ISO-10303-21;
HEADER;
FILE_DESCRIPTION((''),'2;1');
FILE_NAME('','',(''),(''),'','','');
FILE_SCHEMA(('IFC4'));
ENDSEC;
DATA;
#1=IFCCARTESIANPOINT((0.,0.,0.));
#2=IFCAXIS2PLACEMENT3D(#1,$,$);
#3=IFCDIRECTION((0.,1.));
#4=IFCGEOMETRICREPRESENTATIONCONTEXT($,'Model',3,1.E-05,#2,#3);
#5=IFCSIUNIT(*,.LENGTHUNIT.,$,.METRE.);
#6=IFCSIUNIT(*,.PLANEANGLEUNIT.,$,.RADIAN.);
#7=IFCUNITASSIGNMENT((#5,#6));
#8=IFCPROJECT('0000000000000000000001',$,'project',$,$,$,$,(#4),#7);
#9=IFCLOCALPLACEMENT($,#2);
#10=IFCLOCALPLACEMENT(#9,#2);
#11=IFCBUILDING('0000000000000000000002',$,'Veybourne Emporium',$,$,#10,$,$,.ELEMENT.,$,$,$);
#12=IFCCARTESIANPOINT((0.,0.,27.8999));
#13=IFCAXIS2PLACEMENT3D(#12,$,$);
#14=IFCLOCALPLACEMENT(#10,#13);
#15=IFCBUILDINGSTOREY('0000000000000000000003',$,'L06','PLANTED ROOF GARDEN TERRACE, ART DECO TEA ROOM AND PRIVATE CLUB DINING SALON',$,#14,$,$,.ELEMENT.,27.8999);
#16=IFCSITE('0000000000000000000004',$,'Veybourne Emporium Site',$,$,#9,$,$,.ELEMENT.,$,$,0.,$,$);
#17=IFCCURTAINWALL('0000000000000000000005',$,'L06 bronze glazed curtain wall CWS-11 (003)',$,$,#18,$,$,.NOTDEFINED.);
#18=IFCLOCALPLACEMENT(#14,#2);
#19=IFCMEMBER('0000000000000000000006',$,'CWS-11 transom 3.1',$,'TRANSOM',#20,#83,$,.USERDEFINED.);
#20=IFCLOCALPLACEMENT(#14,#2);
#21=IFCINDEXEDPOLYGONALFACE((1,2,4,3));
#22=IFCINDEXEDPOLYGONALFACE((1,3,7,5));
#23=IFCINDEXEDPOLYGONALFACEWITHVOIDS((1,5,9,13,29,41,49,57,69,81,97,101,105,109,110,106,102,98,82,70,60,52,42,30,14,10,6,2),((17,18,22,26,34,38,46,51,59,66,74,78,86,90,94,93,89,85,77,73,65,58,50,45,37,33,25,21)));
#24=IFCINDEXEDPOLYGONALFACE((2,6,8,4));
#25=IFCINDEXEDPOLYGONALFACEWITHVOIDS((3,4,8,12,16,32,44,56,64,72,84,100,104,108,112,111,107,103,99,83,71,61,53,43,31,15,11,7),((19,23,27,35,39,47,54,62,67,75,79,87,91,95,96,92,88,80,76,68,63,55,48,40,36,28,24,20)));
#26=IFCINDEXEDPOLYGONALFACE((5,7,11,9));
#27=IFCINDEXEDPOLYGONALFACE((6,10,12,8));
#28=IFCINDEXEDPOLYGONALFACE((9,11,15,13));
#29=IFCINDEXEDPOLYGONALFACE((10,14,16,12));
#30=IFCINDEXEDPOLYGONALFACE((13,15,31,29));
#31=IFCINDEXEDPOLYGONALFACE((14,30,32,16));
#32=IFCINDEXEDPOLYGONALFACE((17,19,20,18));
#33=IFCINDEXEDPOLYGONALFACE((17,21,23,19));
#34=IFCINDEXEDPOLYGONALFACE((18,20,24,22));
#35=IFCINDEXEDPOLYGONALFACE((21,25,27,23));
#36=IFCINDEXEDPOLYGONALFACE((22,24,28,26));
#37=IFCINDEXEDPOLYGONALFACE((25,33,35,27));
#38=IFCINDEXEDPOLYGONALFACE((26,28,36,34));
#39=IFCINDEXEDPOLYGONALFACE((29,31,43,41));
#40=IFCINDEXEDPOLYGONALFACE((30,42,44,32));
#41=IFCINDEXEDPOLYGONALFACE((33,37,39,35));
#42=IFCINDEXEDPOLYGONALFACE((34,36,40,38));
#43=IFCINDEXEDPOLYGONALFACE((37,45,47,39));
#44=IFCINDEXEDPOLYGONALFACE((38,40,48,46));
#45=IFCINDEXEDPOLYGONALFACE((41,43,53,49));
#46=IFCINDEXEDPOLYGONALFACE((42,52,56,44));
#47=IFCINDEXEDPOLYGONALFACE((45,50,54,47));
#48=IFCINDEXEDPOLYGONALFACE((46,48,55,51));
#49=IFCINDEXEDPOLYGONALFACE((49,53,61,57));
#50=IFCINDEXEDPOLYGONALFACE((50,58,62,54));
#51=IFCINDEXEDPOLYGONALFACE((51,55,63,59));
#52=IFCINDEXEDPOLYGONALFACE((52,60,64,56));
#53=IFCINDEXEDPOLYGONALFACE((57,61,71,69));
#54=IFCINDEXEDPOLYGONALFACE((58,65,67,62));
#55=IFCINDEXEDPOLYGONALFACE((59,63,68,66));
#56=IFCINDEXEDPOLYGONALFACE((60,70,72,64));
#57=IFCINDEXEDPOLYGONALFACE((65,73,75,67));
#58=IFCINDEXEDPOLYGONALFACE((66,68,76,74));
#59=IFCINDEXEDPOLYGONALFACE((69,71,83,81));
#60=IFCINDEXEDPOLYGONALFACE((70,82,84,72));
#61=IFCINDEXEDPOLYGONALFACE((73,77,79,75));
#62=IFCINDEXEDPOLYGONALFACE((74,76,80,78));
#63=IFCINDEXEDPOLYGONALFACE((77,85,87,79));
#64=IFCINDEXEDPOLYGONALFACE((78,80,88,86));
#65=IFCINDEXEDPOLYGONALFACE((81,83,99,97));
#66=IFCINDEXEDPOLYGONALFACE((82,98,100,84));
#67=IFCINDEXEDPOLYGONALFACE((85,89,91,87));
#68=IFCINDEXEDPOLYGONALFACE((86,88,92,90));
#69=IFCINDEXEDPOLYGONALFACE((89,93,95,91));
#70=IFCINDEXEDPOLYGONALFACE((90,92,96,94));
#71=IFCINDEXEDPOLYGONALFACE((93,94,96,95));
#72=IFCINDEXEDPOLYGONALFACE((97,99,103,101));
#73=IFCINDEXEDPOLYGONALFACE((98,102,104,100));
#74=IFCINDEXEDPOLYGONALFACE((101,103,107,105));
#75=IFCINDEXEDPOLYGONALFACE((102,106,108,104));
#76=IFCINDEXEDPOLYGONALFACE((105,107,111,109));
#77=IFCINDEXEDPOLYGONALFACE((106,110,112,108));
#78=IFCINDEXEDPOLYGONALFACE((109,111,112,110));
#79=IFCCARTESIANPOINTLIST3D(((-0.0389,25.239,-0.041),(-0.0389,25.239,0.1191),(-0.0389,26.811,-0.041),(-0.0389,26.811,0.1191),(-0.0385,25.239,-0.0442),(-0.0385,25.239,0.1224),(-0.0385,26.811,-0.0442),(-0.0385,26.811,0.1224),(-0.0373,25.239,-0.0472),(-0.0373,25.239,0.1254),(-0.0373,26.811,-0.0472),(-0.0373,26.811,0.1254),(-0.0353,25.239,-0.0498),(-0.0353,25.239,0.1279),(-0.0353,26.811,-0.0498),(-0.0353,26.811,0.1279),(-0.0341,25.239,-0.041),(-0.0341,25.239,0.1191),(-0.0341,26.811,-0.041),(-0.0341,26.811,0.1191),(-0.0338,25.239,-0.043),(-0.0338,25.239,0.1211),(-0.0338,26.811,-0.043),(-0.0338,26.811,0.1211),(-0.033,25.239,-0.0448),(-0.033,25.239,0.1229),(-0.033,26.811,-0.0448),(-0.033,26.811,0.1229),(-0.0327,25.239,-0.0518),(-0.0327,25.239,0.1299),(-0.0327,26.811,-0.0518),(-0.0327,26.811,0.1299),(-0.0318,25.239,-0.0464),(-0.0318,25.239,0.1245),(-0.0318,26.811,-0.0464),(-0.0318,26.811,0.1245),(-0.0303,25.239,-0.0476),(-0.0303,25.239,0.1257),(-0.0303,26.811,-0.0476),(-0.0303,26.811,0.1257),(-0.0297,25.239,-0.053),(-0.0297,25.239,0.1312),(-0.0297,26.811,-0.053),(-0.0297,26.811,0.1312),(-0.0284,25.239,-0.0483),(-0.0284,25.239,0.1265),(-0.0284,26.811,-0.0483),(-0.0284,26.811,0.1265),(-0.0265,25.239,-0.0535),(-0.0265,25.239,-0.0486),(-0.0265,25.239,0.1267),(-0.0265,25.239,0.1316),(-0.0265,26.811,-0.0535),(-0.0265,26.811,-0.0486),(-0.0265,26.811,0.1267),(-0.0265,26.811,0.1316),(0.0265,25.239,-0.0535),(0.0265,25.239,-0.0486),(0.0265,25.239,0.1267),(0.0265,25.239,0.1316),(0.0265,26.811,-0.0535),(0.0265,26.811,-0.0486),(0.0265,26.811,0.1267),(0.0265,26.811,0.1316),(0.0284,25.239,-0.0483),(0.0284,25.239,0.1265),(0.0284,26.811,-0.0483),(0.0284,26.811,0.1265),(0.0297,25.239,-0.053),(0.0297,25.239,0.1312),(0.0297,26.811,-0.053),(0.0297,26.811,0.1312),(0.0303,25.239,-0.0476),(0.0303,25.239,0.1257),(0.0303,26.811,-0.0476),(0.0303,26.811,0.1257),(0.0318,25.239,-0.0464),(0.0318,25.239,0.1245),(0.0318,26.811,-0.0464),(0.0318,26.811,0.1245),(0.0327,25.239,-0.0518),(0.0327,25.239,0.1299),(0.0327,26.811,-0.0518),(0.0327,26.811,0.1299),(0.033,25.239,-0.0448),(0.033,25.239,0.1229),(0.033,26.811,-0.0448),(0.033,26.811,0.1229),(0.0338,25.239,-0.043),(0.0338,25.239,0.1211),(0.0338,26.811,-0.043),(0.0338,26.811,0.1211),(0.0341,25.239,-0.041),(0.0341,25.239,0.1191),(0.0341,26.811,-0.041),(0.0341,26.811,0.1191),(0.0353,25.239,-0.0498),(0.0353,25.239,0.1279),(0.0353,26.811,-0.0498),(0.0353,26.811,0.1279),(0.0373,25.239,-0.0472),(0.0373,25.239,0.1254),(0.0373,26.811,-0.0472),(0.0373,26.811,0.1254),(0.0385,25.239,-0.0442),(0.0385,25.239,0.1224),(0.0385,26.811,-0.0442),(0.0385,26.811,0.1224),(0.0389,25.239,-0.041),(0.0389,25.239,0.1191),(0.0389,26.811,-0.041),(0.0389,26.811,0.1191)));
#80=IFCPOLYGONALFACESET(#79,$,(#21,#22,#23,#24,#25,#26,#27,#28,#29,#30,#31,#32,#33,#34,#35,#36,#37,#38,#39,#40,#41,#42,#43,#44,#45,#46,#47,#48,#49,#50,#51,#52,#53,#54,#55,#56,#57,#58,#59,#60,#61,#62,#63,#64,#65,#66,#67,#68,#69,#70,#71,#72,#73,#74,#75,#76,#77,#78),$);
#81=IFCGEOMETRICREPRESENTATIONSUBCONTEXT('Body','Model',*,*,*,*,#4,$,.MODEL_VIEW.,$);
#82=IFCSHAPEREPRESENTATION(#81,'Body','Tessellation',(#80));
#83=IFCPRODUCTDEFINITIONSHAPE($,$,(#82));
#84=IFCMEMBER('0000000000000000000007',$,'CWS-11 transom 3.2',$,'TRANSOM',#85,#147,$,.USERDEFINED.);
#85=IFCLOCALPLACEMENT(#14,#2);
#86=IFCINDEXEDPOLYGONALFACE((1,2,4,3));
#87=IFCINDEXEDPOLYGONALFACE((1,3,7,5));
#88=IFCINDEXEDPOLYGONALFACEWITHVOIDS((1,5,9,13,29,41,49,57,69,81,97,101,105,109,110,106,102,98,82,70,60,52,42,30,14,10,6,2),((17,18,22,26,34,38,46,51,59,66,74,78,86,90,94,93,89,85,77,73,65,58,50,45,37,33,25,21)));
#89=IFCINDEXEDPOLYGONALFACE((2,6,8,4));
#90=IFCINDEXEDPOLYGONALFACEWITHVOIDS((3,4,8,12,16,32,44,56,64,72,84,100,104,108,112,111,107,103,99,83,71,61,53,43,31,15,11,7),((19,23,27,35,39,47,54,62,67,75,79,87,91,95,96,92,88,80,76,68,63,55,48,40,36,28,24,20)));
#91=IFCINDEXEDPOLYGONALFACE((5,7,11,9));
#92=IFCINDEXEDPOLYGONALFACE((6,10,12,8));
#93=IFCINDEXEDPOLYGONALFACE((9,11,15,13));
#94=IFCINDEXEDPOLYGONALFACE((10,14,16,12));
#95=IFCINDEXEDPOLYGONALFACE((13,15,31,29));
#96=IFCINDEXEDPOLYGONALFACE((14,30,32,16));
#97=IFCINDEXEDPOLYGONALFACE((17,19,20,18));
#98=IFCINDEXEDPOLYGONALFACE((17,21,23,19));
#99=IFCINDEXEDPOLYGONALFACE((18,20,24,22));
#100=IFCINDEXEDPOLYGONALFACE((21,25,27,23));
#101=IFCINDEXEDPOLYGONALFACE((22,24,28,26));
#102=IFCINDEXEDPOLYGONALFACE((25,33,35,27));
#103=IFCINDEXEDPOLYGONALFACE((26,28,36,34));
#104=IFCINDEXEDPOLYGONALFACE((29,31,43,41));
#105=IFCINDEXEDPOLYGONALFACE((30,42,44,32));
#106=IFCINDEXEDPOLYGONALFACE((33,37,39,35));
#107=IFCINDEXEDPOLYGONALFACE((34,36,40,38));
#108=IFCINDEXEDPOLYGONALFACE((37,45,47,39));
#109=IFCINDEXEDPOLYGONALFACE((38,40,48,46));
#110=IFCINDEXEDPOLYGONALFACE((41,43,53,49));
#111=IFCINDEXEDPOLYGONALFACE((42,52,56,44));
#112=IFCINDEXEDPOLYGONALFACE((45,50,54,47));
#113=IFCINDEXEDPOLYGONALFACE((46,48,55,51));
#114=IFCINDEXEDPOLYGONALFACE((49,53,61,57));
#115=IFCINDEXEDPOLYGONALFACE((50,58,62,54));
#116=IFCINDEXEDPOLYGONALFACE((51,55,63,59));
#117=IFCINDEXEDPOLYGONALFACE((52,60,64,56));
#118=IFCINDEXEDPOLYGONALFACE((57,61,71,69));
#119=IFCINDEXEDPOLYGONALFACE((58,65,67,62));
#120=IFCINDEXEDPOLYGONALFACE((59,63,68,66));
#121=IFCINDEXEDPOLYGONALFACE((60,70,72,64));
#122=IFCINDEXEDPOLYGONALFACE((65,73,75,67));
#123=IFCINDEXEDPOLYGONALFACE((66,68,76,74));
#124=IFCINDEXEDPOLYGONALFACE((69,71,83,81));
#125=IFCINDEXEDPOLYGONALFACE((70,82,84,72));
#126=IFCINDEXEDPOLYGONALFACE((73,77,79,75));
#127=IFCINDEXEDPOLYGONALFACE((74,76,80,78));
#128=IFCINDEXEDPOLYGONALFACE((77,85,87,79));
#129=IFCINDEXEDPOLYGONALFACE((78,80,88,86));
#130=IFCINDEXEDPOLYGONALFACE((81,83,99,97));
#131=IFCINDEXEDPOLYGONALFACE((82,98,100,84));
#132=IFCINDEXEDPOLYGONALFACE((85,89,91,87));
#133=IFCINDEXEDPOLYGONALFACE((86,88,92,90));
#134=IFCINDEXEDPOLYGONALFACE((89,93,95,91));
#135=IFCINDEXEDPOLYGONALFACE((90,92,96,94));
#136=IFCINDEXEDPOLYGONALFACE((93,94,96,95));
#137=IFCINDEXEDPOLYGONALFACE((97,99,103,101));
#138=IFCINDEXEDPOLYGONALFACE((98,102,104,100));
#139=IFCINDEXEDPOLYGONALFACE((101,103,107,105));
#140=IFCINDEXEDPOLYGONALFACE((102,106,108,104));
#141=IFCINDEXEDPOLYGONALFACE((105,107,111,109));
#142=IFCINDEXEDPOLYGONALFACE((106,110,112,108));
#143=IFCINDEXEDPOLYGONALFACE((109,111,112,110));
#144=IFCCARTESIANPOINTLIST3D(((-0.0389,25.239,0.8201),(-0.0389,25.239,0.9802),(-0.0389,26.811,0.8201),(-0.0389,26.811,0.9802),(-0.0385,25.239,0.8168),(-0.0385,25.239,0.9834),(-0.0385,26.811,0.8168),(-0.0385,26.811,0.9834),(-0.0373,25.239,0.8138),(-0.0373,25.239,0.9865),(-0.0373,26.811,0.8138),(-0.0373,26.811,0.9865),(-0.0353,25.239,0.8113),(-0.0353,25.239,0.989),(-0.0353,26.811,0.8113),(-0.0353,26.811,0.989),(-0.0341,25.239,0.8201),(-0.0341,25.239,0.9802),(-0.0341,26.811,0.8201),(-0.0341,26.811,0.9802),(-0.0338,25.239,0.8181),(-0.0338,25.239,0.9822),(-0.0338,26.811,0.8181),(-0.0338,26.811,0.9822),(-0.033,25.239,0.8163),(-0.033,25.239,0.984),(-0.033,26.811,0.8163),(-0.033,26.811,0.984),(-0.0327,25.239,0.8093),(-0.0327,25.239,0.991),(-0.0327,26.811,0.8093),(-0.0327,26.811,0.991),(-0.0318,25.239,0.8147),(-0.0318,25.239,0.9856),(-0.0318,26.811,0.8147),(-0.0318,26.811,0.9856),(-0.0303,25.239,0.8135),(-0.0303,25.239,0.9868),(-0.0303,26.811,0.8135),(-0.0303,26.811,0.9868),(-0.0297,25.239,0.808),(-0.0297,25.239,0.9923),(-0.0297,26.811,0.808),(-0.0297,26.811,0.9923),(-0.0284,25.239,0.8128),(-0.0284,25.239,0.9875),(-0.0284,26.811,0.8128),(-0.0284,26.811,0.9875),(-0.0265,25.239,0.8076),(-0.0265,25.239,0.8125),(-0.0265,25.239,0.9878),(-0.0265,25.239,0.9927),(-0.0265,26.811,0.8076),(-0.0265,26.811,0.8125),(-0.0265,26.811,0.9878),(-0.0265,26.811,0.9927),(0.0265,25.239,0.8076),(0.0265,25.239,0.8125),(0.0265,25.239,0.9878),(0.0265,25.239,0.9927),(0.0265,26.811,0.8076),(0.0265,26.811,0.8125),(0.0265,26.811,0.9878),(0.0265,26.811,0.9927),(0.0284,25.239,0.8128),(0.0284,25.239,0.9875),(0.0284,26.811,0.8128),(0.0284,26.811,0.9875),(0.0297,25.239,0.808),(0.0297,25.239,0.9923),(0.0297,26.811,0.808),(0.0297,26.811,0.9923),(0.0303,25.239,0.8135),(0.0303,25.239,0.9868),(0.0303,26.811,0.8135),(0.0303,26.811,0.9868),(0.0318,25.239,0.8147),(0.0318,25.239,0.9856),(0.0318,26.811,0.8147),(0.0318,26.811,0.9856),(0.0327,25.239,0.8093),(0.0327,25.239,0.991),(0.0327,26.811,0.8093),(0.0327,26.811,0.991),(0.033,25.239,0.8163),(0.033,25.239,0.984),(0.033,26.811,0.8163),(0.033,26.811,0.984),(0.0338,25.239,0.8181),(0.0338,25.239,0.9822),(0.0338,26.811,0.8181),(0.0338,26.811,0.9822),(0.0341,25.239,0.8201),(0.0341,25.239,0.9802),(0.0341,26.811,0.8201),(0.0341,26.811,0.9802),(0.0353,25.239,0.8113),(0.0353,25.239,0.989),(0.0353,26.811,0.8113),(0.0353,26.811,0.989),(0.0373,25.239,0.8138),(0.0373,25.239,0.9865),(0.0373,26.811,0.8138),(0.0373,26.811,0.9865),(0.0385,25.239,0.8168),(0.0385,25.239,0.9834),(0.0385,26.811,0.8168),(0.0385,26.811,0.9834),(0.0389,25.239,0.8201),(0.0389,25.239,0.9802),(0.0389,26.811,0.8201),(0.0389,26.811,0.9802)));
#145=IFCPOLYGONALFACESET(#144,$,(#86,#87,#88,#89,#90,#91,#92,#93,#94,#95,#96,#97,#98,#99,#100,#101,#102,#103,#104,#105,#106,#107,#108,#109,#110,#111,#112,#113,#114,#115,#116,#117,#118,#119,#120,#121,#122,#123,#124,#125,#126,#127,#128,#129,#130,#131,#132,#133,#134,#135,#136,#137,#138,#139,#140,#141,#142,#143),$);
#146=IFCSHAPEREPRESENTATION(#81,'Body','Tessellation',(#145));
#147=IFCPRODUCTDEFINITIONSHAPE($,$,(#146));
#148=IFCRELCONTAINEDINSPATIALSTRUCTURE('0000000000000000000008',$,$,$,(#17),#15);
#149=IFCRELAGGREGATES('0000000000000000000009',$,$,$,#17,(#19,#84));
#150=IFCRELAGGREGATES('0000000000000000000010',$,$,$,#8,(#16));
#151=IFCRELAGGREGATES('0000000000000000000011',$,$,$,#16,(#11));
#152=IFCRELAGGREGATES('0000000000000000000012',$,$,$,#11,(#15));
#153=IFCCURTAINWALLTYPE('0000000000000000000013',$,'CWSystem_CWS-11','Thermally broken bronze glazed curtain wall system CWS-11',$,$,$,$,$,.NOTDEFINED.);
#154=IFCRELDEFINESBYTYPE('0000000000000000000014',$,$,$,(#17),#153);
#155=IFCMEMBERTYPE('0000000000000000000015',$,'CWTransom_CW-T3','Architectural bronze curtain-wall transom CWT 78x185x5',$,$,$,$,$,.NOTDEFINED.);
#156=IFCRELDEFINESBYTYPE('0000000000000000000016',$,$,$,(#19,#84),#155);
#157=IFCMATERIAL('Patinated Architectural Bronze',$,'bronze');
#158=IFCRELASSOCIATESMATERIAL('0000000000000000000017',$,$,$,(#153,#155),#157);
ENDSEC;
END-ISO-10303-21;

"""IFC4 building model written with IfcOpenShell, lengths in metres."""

from ifc_helpers import new_model, si_unit, direction, frame, origin, origin_2d, place, context, subcontext, project, spatial, hollow_rectangle, extrude, material, material_profile, profile_set, type_object, element, aggregate, save


model = new_model("IFC4")

# Units and contexts
model_context = context("Model", 3, precision=1e-05, world=origin(), true_north=direction((0.0, 1.0)))
body_context = subcontext(model_context, "Body", "Model", "MODEL_VIEW")
ifc_project = project(units=[si_unit("LENGTHUNIT", "METRE"), si_unit("PLANEANGLEUNIT", "RADIAN")], contexts=[model_context])

# Site, building, storey
site_placement = place(None, origin())
site = spatial("IfcSite", under=ifc_project, at=site_placement, Name="Veybourne Emporium Site", CompositionType="ELEMENT", RefElevation=0.0)
building_placement = place(site_placement, origin())
building = spatial("IfcBuilding", under=site, at=building_placement, Name="Veybourne Emporium", CompositionType="ELEMENT")
storey_placement = place(building_placement, frame((0.0, 0.0, 27.8999)))
storey = spatial("IfcBuildingStorey", under=building, at=storey_placement, Name="L06", Description="PLANTED ROOF GARDEN TERRACE, ART DECO TEA ROOM AND PRIVATE CLUB DINING SALON", CompositionType="ELEMENT", Elevation=27.8999)

# Curtain wall, members
ifc_material_1 = material(Name="Patinated Architectural Bronze", Category="bronze")
curtain_wall_type = type_object("IfcCurtainWallType", Name="CWSystem_CWS-11", Description="Thermally broken bronze glazed curtain wall system CWS-11", PredefinedType="NOTDEFINED", material=ifc_material_1)
curtain_wall_placement = place(storey_placement, origin())
curtain_wall = element("IfcCurtainWall", 1, at=curtain_wall_placement, inside=storey, type_object=curtain_wall_type, Name="L06 bronze glazed curtain wall CWS-11 (003)", PredefinedType="NOTDEFINED")
ifc_material_profile_1 = material_profile(ifc_material_1, hollow_rectangle(XDim=0.0779, YDim=0.1851, WallThickness=0.0049, InnerFilletRadius=0.0076, OuterFilletRadius=0.0125, at=origin_2d()), Name="CWT 78x185x5")
ifc_profile_set_1 = profile_set([ifc_material_profile_1], Name="Patinated Architectural Bronze")
member_type_1 = type_object("IfcMemberType", Name="CWTransom_CW-T3", Description="Architectural bronze curtain-wall transom CWT 78x185x5", PredefinedType="NOTDEFINED", material=ifc_profile_set_1)
member_1_placement = place(storey_placement, frame((0.0, 25.239, 0.0391), z_axis=(0.0, 1.0, 0.0), x_axis=(-1.0, 0.0, 0.0)))
member_1 = element("IfcMember", 2, at=member_1_placement, type_object=member_type_1, Name="CWS-11 transom 3.1", ObjectType="TRANSOM", PredefinedType="USERDEFINED", context=body_context, shape_type="SweptSolid", body=[
    extrude(hollow_rectangle(XDim=0.0779, YDim=0.1851, WallThickness=0.0049, InnerFilletRadius=0.0076, OuterFilletRadius=0.0125, at=origin_2d()), origin(), (0.0, 0.0, 1.0), 1.572),
])
member_2_placement = place(storey_placement, frame((0.0, 25.239, 0.9001), z_axis=(0.0, 1.0, 0.0), x_axis=(-1.0, 0.0, 0.0)))
member_2 = element("IfcMember", 3, at=member_2_placement, type_object=member_type_1, Name="CWS-11 transom 3.2", ObjectType="TRANSOM", PredefinedType="USERDEFINED", context=body_context, shape_type="SweptSolid", body=[
    extrude(hollow_rectangle(XDim=0.0779, YDim=0.1851, WallThickness=0.0049, InnerFilletRadius=0.0076, OuterFilletRadius=0.0125, at=origin_2d()), origin(), (0.0, 0.0, 1.0), 1.572),
])
aggregate(curtain_wall, [member_1, member_2])

save(model, "model.ifc")
